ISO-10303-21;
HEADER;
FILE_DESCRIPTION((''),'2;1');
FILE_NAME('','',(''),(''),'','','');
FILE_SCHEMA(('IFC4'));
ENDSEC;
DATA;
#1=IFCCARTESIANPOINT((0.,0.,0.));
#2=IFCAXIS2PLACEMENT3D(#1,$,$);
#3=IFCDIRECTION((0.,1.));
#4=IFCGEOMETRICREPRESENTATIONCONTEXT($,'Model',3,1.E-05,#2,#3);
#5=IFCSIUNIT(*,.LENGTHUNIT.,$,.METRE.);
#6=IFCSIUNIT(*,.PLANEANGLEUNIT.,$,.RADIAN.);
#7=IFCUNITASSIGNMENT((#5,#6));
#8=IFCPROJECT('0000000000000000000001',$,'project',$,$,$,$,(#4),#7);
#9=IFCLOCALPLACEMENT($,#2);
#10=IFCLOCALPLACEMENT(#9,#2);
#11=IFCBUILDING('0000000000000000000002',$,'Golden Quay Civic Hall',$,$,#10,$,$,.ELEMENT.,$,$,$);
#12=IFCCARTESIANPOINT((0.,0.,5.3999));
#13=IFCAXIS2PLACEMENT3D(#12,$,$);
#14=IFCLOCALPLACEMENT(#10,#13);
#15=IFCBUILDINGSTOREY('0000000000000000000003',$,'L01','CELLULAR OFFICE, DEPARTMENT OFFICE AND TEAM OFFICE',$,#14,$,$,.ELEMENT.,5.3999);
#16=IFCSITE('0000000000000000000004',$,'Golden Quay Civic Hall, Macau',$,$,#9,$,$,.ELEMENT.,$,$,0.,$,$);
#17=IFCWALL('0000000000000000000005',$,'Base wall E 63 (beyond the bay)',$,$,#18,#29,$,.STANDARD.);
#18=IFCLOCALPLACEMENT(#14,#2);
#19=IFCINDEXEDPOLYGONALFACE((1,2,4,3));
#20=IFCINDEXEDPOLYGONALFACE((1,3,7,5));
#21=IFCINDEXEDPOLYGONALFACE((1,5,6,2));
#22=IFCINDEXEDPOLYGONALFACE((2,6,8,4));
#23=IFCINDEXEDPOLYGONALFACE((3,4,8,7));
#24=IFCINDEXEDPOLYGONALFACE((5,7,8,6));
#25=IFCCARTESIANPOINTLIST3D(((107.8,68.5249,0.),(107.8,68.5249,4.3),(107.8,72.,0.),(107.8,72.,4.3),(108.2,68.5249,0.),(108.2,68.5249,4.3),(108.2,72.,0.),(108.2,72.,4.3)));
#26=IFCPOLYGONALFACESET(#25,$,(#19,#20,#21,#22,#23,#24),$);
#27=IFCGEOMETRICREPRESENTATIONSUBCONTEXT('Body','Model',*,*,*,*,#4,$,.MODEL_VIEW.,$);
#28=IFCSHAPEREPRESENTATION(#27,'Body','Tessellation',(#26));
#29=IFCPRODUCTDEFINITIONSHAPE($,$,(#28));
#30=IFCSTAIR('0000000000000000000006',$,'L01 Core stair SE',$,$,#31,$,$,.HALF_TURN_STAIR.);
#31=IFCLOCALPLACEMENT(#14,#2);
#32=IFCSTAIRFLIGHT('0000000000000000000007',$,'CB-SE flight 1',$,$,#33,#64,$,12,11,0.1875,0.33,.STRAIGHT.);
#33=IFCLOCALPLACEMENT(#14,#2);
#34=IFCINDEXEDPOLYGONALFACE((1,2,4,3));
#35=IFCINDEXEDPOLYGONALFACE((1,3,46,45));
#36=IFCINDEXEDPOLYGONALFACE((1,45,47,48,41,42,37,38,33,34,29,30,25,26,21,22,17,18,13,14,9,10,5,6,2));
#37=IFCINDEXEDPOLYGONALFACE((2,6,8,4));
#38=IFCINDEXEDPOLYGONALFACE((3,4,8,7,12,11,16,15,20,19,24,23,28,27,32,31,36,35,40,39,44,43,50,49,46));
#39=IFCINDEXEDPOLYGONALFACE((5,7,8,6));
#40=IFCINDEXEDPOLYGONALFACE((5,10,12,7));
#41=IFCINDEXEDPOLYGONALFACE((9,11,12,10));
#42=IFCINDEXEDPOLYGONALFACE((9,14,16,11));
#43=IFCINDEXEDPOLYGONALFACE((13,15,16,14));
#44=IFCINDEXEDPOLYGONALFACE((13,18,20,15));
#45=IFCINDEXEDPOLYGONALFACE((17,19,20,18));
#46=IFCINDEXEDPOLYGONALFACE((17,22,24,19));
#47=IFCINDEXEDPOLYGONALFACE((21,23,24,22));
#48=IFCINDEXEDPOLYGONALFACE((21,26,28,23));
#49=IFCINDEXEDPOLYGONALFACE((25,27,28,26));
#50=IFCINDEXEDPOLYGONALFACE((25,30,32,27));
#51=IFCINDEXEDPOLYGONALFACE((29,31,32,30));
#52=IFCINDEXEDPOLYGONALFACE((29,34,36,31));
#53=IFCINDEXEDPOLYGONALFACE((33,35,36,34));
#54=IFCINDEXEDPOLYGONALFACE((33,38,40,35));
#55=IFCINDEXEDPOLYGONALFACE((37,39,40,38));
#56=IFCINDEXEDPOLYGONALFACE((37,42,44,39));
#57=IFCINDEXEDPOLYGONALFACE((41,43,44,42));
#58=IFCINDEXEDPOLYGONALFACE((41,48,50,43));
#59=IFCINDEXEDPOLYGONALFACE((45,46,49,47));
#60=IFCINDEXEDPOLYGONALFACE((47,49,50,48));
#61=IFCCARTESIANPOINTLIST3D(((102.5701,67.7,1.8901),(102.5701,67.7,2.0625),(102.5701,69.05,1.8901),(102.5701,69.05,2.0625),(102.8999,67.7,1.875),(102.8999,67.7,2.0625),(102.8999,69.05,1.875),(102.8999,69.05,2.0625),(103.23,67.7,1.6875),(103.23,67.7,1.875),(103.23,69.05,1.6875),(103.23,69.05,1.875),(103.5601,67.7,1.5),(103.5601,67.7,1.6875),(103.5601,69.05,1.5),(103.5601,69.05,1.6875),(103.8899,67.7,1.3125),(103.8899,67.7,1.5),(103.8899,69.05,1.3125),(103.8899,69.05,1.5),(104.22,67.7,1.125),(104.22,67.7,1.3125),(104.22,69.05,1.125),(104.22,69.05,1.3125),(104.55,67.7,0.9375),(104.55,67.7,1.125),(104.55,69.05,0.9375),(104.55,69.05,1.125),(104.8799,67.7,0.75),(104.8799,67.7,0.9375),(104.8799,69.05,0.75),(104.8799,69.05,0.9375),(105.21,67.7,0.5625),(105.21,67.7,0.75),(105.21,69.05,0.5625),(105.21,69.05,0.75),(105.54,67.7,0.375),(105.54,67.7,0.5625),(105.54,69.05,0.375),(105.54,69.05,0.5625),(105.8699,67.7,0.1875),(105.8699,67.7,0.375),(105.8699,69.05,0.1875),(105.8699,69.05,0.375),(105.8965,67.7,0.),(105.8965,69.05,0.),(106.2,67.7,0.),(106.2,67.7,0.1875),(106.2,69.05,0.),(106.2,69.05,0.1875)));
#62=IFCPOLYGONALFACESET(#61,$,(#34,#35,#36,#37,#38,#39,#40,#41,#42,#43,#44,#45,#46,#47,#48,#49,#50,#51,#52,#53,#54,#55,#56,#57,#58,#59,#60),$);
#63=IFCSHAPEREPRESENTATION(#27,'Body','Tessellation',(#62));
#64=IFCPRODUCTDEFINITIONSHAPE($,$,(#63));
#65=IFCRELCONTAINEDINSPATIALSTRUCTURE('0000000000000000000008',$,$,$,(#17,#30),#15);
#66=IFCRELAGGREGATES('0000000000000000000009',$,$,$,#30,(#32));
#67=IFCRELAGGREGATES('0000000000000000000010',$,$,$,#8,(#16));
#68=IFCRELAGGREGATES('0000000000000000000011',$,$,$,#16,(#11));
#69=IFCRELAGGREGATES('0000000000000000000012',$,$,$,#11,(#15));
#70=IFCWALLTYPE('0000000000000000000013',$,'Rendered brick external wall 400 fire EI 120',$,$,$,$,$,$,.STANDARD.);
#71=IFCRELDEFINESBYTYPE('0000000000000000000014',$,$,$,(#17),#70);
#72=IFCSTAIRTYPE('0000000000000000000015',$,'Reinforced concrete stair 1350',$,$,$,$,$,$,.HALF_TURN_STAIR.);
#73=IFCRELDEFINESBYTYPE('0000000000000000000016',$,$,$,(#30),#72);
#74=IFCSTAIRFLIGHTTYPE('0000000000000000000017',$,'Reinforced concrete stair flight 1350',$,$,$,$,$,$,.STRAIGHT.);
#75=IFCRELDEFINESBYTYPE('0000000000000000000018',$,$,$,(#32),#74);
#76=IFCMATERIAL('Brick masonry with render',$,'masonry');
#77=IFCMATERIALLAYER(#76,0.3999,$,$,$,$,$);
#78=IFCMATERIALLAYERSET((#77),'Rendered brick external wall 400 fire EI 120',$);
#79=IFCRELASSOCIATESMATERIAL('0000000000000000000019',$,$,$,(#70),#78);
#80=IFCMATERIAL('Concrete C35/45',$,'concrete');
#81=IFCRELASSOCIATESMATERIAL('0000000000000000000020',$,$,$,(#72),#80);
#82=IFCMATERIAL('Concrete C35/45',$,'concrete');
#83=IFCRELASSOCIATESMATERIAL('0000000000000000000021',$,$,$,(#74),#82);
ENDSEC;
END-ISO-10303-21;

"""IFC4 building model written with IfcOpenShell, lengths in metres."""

from ifc_helpers import new_model, si_unit, direction, frame, frame_2d, origin, place, context, subcontext, project, spatial, polyline, rectangle, outline, extrude, material, layer, layer_set, type_object, element, aggregate, save


model = new_model("IFC4")

# Units and contexts
model_context = context("Model", 3, precision=1e-05, world=origin(), true_north=direction((0.0, 1.0)))
body_context = subcontext(model_context, "Body", "Model", "MODEL_VIEW")
ifc_project = project(units=[si_unit("LENGTHUNIT", "METRE"), si_unit("PLANEANGLEUNIT", "RADIAN")], contexts=[model_context])

# Site, building, storey
site_placement = place(None, origin())
site = spatial("IfcSite", under=ifc_project, at=site_placement, Name="Golden Quay Civic Hall, Macau", CompositionType="ELEMENT", RefElevation=0.0)
building_placement = place(site_placement, origin())
building = spatial("IfcBuilding", under=site, at=building_placement, Name="Golden Quay Civic Hall", CompositionType="ELEMENT")
storey_placement = place(building_placement, frame((0.0, 0.0, 5.3999)))
storey = spatial("IfcBuildingStorey", under=building, at=storey_placement, Name="L01", Description="CELLULAR OFFICE, DEPARTMENT OFFICE AND TEAM OFFICE", CompositionType="ELEMENT", Elevation=5.3999)

# Wall
ifc_material_1 = material(Name="Brick masonry with render", Category="masonry")
ifc_layer_1 = layer(ifc_material_1, 0.3999)
ifc_layer_set_1 = layer_set([ifc_layer_1], Name="Rendered brick external wall 400 fire EI 120")
wall_type_1 = type_object("IfcWallType", Name="Rendered brick external wall 400 fire EI 120", PredefinedType="STANDARD", material=ifc_layer_set_1)
wall_1_placement = place(storey_placement, frame((108.0, 68.5249, 0.0), z_axis=(0.0, 0.0, 1.0), x_axis=(0.0, 1.0, 0.0)))
element("IfcWall", 1, at=wall_1_placement, inside=storey, type_object=wall_type_1, Name="Base wall E 63 (beyond the bay)", PredefinedType="STANDARD", context=body_context, shape_type="SweptSolid", body=[
    extrude(rectangle(XDim=3.4751, YDim=0.3999, at=frame_2d((1.7375, 0.0))), origin(), (0.0, 0.0, 1.0), 4.3),
])

# Stair, stair flight
ifc_material_2 = material(Name="Concrete C35/45", Category="concrete")
stair_type = type_object("IfcStairType", Name="Reinforced concrete stair 1350", PredefinedType="HALF_TURN_STAIR", material=ifc_material_2)
stair_placement = place(storey_placement, origin())
stair = element("IfcStair", 2, at=stair_placement, inside=storey, type_object=stair_type, Name="L01 Core stair SE", PredefinedType="HALF_TURN_STAIR")
ifc_material_3 = material(Name="Concrete C35/45", Category="concrete")
stair_flight_type = type_object("IfcStairFlightType", Name="Reinforced concrete stair flight 1350", PredefinedType="STRAIGHT", material=ifc_material_3)
stair_flight_placement = place(storey_placement, frame((106.2, 68.375, 0.0), z_axis=(0.0, 0.0, 1.0), x_axis=(-1.0, 0.0, 0.0)))
stair_flight = element("IfcStairFlight", 3, at=stair_flight_placement, type_object=stair_flight_type, Name="CB-SE flight 1", NumberOfRisers=12, NumberOfTreads=11, PredefinedType="STRAIGHT", RiserHeight=0.1875, TreadLength=0.33, context=body_context, shape_type="SweptSolid", body=[
    extrude(outline(polyline([(0.0, 0.0), (0.0, 0.1875), (0.3301, 0.1875), (0.3301, 0.375), (0.6599, 0.375), (0.6599, 0.5625), (0.99, 0.5625), (0.99, 0.75), (1.3201, 0.75), (1.3201, 0.9375), (1.6499, 0.9375), (1.6499, 1.125), (1.98, 1.125), (1.98, 1.3125), (2.3101, 1.3125), (2.3101, 1.5), (2.6399, 1.5), (2.6399, 1.6875), (2.97, 1.6875), (2.97, 1.875), (3.3, 1.875), (3.3, 2.0625), (3.6299, 2.0625), (3.6299, 2.25), (3.6299, 1.8901), (0.3035, 0.0), (0.0, 0.0)])), frame((0.0, 0.675, 0.0), z_axis=(0.0, -1.0, 0.0), x_axis=(1.0, 0.0, 0.0)), (0.0, 0.0, 1.0), 1.35),
])
aggregate(stair, [stair_flight])

save(model, "model.ifc")
